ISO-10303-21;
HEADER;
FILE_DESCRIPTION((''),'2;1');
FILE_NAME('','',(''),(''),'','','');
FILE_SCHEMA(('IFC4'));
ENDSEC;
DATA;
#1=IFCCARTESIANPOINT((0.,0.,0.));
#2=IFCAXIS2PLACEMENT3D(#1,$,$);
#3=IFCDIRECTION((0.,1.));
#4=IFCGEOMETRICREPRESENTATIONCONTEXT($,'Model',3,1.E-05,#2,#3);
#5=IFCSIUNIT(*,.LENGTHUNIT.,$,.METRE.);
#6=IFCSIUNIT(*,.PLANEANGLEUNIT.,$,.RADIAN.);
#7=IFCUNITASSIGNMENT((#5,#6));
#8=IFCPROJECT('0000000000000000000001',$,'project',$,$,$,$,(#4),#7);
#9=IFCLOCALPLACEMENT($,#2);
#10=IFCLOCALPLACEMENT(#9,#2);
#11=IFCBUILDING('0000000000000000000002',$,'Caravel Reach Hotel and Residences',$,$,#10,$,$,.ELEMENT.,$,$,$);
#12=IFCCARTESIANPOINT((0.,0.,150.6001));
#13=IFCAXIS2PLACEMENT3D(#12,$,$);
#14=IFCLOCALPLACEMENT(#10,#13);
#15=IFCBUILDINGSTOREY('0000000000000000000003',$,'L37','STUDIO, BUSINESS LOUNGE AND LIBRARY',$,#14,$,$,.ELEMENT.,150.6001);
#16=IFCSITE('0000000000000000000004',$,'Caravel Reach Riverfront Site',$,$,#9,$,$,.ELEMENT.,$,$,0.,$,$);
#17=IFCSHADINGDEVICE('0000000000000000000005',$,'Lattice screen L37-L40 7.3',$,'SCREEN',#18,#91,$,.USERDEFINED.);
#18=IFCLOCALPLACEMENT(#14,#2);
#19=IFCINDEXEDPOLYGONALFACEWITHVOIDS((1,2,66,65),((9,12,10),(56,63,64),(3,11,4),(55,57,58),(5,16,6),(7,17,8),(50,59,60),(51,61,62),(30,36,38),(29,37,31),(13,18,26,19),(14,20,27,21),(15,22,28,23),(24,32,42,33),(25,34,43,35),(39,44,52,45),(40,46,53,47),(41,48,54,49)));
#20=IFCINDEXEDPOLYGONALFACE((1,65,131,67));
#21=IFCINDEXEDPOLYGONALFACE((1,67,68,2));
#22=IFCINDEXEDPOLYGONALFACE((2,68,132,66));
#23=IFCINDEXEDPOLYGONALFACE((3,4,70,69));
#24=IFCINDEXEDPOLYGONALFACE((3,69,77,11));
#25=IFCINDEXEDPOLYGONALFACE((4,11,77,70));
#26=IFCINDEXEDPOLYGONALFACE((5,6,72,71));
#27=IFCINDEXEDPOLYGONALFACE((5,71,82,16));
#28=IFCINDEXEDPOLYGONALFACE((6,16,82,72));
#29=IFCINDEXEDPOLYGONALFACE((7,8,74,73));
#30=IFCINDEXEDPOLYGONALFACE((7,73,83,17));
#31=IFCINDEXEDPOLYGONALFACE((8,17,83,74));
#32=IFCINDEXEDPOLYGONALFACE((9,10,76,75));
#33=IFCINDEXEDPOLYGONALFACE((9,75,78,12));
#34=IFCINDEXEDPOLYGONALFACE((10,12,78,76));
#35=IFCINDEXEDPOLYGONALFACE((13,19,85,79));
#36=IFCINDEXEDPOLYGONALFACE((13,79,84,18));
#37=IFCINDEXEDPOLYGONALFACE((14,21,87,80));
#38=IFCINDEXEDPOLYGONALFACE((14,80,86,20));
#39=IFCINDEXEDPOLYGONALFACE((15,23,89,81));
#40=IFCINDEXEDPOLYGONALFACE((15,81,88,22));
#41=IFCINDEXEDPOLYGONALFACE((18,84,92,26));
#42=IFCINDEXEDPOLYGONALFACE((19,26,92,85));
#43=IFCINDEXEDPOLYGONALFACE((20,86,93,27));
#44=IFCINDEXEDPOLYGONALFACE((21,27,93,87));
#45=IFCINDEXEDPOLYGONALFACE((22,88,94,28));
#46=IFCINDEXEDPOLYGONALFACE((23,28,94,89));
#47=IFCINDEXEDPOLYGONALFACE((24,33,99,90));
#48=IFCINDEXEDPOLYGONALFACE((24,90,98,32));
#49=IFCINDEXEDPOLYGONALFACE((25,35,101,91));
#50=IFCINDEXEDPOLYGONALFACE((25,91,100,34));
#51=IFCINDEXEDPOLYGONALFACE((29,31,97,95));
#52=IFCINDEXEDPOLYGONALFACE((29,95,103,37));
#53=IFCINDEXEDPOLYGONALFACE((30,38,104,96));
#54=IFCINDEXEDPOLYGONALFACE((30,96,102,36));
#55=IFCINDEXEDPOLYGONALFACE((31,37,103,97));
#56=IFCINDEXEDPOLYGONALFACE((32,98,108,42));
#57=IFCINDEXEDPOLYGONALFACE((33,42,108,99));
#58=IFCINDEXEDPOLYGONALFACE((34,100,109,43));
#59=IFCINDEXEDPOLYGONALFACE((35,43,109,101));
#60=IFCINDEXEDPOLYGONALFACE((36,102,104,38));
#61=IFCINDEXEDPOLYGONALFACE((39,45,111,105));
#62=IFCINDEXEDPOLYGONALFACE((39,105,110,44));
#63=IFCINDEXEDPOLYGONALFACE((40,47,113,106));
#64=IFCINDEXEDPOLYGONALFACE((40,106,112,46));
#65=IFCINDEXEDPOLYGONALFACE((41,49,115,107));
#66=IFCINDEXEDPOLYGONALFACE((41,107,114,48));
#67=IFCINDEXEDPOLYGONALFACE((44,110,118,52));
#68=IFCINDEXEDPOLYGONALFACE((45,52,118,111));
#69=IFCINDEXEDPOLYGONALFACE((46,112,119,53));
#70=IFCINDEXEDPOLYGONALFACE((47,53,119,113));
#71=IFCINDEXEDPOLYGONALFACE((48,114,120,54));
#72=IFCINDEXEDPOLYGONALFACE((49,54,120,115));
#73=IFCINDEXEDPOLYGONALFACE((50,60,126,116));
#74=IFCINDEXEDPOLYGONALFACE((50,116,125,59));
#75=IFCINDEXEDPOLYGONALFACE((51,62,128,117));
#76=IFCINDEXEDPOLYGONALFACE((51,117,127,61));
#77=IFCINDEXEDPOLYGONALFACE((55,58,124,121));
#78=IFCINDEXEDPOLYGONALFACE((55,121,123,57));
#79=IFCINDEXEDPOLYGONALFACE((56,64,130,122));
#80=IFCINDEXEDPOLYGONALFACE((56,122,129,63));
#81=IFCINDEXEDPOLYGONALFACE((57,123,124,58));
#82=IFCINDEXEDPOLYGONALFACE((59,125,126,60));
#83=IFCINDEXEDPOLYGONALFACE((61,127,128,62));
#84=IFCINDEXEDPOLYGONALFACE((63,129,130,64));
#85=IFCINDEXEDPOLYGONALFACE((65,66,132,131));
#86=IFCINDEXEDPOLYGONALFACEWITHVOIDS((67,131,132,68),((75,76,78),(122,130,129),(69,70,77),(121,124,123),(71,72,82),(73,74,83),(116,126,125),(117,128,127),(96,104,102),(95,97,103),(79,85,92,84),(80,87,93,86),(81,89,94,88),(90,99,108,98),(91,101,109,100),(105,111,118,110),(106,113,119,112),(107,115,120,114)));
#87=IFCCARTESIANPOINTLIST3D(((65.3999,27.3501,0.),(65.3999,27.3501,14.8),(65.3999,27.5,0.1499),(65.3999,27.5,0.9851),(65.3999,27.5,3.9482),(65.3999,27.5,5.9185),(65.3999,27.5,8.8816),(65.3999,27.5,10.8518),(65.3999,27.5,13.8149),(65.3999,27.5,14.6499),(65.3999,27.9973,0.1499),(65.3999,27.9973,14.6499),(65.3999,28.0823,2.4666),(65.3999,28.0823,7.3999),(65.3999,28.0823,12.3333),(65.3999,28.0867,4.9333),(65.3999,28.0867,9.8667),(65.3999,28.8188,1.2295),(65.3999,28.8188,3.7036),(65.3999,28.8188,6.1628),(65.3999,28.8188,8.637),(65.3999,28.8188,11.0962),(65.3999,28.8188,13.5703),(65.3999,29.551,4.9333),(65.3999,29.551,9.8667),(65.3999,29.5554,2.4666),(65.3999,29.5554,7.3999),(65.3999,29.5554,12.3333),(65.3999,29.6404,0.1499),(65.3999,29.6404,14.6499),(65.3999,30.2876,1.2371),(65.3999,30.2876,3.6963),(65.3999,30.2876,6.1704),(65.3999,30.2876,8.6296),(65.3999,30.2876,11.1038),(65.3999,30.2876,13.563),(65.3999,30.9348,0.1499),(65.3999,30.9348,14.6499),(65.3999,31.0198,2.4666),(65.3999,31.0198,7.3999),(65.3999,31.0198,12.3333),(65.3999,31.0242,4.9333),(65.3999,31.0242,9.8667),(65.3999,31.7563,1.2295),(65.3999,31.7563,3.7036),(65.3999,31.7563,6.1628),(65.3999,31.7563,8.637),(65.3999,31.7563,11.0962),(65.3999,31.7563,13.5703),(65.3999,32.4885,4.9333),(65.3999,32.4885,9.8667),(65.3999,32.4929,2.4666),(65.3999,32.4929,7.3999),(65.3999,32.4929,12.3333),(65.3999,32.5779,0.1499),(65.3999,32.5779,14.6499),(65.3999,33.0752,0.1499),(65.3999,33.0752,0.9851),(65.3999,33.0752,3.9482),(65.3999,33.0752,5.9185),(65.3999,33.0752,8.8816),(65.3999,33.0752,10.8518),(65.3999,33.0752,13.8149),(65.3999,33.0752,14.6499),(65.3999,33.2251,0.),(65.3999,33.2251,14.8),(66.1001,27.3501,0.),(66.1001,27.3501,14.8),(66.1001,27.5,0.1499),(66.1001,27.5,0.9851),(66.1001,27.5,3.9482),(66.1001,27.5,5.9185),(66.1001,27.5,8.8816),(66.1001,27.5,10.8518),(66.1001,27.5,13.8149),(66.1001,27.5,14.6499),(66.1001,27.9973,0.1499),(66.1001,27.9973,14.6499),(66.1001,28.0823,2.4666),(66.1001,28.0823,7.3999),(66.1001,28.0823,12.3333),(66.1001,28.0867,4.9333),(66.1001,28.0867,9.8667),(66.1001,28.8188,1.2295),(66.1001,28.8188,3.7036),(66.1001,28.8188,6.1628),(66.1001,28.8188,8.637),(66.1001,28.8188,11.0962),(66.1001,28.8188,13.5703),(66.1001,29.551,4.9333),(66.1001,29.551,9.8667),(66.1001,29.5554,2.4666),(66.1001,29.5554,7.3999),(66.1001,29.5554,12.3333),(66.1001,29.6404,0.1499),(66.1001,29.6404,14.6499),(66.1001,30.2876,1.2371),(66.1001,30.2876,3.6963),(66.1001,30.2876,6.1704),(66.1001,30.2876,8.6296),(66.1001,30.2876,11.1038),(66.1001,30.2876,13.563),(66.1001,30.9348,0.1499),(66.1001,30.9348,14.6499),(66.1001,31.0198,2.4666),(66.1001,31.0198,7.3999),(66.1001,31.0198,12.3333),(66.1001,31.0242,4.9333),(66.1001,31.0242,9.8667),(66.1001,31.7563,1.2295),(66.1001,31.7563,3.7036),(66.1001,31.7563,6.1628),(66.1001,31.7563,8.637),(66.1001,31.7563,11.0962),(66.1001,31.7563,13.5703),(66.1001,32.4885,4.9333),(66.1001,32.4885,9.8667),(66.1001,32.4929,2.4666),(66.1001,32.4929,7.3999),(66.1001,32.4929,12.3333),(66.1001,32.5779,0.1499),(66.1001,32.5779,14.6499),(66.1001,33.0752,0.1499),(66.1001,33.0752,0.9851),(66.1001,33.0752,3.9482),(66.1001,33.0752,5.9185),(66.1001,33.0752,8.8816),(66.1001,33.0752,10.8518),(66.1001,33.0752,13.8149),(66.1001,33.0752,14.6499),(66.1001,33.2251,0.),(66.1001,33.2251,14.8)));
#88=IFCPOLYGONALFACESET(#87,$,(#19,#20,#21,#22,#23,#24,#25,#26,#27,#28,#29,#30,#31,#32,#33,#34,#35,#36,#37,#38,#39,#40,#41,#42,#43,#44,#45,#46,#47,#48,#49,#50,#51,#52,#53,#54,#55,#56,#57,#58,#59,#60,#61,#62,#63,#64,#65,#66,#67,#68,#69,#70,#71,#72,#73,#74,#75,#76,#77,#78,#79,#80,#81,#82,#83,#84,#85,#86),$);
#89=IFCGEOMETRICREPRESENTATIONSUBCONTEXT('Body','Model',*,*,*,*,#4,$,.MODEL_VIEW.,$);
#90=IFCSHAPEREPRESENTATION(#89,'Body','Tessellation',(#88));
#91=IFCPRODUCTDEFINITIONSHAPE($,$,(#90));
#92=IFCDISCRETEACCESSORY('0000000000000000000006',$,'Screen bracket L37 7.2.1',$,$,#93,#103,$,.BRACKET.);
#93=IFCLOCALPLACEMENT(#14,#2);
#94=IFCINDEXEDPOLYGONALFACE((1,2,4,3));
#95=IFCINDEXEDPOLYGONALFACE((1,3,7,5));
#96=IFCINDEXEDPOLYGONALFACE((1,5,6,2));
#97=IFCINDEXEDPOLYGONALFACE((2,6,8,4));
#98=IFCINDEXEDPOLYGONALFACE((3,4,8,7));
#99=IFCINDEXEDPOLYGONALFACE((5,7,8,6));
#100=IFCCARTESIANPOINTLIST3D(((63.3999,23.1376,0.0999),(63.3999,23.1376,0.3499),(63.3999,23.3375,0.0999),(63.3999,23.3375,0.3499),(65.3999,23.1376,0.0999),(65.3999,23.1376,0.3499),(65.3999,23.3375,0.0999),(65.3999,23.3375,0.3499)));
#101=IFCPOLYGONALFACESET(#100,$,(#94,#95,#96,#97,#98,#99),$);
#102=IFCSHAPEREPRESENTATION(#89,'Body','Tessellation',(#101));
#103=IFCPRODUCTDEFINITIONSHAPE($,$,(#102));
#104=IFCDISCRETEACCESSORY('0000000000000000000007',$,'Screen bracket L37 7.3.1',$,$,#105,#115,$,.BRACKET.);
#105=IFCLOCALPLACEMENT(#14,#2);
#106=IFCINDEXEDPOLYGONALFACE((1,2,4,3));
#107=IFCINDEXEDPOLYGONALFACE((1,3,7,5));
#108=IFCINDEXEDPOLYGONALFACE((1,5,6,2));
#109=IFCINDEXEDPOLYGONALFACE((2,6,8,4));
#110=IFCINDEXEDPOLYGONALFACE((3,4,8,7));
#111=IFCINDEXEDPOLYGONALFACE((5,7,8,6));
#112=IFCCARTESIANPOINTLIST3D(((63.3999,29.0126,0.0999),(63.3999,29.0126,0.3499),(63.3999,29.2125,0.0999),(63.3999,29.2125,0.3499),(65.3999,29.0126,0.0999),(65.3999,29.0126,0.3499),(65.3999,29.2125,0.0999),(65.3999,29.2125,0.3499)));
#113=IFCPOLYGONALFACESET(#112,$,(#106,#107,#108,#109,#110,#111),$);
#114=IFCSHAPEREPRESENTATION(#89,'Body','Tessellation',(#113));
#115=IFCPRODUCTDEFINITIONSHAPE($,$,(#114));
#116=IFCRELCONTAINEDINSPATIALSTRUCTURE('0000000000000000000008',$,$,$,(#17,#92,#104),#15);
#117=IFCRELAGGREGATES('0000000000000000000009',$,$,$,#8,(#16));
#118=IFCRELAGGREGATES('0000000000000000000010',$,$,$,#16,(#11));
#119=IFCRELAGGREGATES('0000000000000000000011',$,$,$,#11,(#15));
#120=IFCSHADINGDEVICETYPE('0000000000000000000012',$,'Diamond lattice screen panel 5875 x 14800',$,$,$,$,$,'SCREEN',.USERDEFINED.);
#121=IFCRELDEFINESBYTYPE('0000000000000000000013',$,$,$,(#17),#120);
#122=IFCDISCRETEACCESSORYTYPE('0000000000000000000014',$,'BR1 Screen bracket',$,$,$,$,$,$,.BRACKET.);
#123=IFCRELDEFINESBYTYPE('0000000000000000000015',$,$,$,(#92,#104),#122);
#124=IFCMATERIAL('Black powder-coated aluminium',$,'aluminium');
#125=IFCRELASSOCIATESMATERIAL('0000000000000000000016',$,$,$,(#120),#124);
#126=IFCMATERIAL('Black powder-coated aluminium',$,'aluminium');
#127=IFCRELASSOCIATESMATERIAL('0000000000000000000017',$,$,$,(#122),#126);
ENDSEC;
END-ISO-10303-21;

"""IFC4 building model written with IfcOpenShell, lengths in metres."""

from ifc_helpers import new_model, si_unit, direction, frame, origin, origin_2d, place, context, subcontext, project, spatial, polyline, rectangle, outline, extrude, material, type_object, element, save


model = new_model("IFC4")

# Units and contexts
model_context = context("Model", 3, precision=1e-05, world=origin(), true_north=direction((0.0, 1.0)))
body_context = subcontext(model_context, "Body", "Model", "MODEL_VIEW")
ifc_project = project(units=[si_unit("LENGTHUNIT", "METRE"), si_unit("PLANEANGLEUNIT", "RADIAN")], contexts=[model_context])

# Site, building, storey
site_placement = place(None, origin())
site = spatial("IfcSite", under=ifc_project, at=site_placement, Name="Caravel Reach Riverfront Site", CompositionType="ELEMENT", RefElevation=0.0)
building_placement = place(site_placement, origin())
building = spatial("IfcBuilding", under=site, at=building_placement, Name="Caravel Reach Hotel and Residences", CompositionType="ELEMENT")
storey_placement = place(building_placement, frame((0.0, 0.0, 150.6001)))
storey = spatial("IfcBuildingStorey", under=building, at=storey_placement, Name="L37", Description="STUDIO, BUSINESS LOUNGE AND LIBRARY", CompositionType="ELEMENT", Elevation=150.6001)

# Shading device
ifc_material_1 = material(Name="Black powder-coated aluminium", Category="aluminium")
shading_device_type = type_object("IfcShadingDeviceType", Name="Diamond lattice screen panel 5875 x 14800", ElementType="SCREEN", PredefinedType="USERDEFINED", material=ifc_material_1)
shading_device_placement = place(storey_placement, frame((65.3999, 27.3501, 0.0), z_axis=(1.0, 0.0, 0.0), x_axis=(0.0, 1.0, 0.0)))
element("IfcShadingDevice", 1, at=shading_device_placement, inside=storey, type_object=shading_device_type, Name="Lattice screen L37-L40 7.3", ObjectType="SCREEN", PredefinedType="USERDEFINED", context=body_context, shape_type="SweptSolid", body=[
    extrude(outline(polyline([(0.0, 0.0), (5.875, 0.0), (5.875, 14.8), (0.0, 14.8), (0.0, 0.0)]), holes=[polyline([(0.6472, 0.1499), (0.1499, 0.9851), (0.1499, 0.1499), (0.6472, 0.1499)]), polyline([(0.7366, 4.9333), (0.1499, 5.9185), (0.1499, 3.9482), (0.7366, 4.9333)]), polyline([(0.7366, 9.8667), (0.1499, 10.8518), (0.1499, 8.8816), (0.7366, 9.8667)]), polyline([(0.1499, 13.8149), (0.6472, 14.6499), (0.1499, 14.6499), (0.1499, 13.8149)]), polyline([(1.4688, 3.7036), (0.7322, 2.4666), (1.4688, 1.2295), (2.2053, 2.4666), (1.4688, 3.7036)]), polyline([(1.4688, 8.637), (0.7322, 7.3999), (1.4688, 6.1628), (2.2053, 7.3999), (1.4688, 8.637)]), polyline([(1.4688, 13.5703), (0.7322, 12.3333), (1.4688, 11.0962), (2.2053, 12.3333), (1.4688, 13.5703)]), polyline([(2.9375, 1.2371), (2.2903, 0.1499), (3.5847, 0.1499), (2.9375, 1.2371)]), polyline([(2.9375, 6.1704), (2.2009, 4.9333), (2.9375, 3.6963), (3.6741, 4.9333), (2.9375, 6.1704)]), polyline([(2.9375, 11.1038), (2.2009, 9.8667), (2.9375, 8.6296), (3.6741, 9.8667), (2.9375, 11.1038)]), polyline([(2.9375, 13.563), (3.5847, 14.6499), (2.2903, 14.6499), (2.9375, 13.563)]), polyline([(4.4062, 3.7036), (3.6697, 2.4666), (4.4062, 1.2295), (5.1428, 2.4666), (4.4062, 3.7036)]), polyline([(4.4062, 8.637), (3.6697, 7.3999), (4.4062, 6.1628), (5.1428, 7.3999), (4.4062, 8.637)]), polyline([(4.4062, 13.5703), (3.6697, 12.3333), (4.4062, 11.0962), (5.1428, 12.3333), (4.4062, 13.5703)]), polyline([(5.7251, 0.9851), (5.2278, 0.1499), (5.7251, 0.1499), (5.7251, 0.9851)]), polyline([(5.1384, 4.9333), (5.7251, 3.9482), (5.7251, 5.9185), (5.1384, 4.9333)]), polyline([(5.1384, 9.8667), (5.7251, 8.8816), (5.7251, 10.8518), (5.1384, 9.8667)]), polyline([(5.2278, 14.6499), (5.7251, 13.8149), (5.7251, 14.6499), (5.2278, 14.6499)])]), origin(), (0.0, 0.0, 1.0), 0.7002),
])

# Discrete accessories
ifc_material_2 = material(Name="Black powder-coated aluminium", Category="aluminium")
discrete_accessory_type = type_object("IfcDiscreteAccessoryType", Name="BR1 Screen bracket", PredefinedType="BRACKET", material=ifc_material_2)
for number, where, z_axis, x_axis, name in (
    (2, (64.3999, 23.2375, 0.0999), (0.0, 0.0, 1.0), (1.0, 0.0, 0.0), "Screen bracket L37 7.2.1"),
    (3, (64.3999, 29.1125, 0.0999), (0.0, 0.0, 1.0), (1.0, 0.0, 0.0), "Screen bracket L37 7.3.1"),
):
    element("IfcDiscreteAccessory", number, at=place(storey_placement, frame(where, z_axis=z_axis, x_axis=x_axis)), inside=storey, type_object=discrete_accessory_type, Name=name, PredefinedType="BRACKET", context=body_context, shape_type="SweptSolid", body=[
        extrude(rectangle(XDim=2.0, YDim=0.2, at=origin_2d()), origin(), (0.0, 0.0, 1.0), 0.25),
    ])

save(model, "model.ifc")
